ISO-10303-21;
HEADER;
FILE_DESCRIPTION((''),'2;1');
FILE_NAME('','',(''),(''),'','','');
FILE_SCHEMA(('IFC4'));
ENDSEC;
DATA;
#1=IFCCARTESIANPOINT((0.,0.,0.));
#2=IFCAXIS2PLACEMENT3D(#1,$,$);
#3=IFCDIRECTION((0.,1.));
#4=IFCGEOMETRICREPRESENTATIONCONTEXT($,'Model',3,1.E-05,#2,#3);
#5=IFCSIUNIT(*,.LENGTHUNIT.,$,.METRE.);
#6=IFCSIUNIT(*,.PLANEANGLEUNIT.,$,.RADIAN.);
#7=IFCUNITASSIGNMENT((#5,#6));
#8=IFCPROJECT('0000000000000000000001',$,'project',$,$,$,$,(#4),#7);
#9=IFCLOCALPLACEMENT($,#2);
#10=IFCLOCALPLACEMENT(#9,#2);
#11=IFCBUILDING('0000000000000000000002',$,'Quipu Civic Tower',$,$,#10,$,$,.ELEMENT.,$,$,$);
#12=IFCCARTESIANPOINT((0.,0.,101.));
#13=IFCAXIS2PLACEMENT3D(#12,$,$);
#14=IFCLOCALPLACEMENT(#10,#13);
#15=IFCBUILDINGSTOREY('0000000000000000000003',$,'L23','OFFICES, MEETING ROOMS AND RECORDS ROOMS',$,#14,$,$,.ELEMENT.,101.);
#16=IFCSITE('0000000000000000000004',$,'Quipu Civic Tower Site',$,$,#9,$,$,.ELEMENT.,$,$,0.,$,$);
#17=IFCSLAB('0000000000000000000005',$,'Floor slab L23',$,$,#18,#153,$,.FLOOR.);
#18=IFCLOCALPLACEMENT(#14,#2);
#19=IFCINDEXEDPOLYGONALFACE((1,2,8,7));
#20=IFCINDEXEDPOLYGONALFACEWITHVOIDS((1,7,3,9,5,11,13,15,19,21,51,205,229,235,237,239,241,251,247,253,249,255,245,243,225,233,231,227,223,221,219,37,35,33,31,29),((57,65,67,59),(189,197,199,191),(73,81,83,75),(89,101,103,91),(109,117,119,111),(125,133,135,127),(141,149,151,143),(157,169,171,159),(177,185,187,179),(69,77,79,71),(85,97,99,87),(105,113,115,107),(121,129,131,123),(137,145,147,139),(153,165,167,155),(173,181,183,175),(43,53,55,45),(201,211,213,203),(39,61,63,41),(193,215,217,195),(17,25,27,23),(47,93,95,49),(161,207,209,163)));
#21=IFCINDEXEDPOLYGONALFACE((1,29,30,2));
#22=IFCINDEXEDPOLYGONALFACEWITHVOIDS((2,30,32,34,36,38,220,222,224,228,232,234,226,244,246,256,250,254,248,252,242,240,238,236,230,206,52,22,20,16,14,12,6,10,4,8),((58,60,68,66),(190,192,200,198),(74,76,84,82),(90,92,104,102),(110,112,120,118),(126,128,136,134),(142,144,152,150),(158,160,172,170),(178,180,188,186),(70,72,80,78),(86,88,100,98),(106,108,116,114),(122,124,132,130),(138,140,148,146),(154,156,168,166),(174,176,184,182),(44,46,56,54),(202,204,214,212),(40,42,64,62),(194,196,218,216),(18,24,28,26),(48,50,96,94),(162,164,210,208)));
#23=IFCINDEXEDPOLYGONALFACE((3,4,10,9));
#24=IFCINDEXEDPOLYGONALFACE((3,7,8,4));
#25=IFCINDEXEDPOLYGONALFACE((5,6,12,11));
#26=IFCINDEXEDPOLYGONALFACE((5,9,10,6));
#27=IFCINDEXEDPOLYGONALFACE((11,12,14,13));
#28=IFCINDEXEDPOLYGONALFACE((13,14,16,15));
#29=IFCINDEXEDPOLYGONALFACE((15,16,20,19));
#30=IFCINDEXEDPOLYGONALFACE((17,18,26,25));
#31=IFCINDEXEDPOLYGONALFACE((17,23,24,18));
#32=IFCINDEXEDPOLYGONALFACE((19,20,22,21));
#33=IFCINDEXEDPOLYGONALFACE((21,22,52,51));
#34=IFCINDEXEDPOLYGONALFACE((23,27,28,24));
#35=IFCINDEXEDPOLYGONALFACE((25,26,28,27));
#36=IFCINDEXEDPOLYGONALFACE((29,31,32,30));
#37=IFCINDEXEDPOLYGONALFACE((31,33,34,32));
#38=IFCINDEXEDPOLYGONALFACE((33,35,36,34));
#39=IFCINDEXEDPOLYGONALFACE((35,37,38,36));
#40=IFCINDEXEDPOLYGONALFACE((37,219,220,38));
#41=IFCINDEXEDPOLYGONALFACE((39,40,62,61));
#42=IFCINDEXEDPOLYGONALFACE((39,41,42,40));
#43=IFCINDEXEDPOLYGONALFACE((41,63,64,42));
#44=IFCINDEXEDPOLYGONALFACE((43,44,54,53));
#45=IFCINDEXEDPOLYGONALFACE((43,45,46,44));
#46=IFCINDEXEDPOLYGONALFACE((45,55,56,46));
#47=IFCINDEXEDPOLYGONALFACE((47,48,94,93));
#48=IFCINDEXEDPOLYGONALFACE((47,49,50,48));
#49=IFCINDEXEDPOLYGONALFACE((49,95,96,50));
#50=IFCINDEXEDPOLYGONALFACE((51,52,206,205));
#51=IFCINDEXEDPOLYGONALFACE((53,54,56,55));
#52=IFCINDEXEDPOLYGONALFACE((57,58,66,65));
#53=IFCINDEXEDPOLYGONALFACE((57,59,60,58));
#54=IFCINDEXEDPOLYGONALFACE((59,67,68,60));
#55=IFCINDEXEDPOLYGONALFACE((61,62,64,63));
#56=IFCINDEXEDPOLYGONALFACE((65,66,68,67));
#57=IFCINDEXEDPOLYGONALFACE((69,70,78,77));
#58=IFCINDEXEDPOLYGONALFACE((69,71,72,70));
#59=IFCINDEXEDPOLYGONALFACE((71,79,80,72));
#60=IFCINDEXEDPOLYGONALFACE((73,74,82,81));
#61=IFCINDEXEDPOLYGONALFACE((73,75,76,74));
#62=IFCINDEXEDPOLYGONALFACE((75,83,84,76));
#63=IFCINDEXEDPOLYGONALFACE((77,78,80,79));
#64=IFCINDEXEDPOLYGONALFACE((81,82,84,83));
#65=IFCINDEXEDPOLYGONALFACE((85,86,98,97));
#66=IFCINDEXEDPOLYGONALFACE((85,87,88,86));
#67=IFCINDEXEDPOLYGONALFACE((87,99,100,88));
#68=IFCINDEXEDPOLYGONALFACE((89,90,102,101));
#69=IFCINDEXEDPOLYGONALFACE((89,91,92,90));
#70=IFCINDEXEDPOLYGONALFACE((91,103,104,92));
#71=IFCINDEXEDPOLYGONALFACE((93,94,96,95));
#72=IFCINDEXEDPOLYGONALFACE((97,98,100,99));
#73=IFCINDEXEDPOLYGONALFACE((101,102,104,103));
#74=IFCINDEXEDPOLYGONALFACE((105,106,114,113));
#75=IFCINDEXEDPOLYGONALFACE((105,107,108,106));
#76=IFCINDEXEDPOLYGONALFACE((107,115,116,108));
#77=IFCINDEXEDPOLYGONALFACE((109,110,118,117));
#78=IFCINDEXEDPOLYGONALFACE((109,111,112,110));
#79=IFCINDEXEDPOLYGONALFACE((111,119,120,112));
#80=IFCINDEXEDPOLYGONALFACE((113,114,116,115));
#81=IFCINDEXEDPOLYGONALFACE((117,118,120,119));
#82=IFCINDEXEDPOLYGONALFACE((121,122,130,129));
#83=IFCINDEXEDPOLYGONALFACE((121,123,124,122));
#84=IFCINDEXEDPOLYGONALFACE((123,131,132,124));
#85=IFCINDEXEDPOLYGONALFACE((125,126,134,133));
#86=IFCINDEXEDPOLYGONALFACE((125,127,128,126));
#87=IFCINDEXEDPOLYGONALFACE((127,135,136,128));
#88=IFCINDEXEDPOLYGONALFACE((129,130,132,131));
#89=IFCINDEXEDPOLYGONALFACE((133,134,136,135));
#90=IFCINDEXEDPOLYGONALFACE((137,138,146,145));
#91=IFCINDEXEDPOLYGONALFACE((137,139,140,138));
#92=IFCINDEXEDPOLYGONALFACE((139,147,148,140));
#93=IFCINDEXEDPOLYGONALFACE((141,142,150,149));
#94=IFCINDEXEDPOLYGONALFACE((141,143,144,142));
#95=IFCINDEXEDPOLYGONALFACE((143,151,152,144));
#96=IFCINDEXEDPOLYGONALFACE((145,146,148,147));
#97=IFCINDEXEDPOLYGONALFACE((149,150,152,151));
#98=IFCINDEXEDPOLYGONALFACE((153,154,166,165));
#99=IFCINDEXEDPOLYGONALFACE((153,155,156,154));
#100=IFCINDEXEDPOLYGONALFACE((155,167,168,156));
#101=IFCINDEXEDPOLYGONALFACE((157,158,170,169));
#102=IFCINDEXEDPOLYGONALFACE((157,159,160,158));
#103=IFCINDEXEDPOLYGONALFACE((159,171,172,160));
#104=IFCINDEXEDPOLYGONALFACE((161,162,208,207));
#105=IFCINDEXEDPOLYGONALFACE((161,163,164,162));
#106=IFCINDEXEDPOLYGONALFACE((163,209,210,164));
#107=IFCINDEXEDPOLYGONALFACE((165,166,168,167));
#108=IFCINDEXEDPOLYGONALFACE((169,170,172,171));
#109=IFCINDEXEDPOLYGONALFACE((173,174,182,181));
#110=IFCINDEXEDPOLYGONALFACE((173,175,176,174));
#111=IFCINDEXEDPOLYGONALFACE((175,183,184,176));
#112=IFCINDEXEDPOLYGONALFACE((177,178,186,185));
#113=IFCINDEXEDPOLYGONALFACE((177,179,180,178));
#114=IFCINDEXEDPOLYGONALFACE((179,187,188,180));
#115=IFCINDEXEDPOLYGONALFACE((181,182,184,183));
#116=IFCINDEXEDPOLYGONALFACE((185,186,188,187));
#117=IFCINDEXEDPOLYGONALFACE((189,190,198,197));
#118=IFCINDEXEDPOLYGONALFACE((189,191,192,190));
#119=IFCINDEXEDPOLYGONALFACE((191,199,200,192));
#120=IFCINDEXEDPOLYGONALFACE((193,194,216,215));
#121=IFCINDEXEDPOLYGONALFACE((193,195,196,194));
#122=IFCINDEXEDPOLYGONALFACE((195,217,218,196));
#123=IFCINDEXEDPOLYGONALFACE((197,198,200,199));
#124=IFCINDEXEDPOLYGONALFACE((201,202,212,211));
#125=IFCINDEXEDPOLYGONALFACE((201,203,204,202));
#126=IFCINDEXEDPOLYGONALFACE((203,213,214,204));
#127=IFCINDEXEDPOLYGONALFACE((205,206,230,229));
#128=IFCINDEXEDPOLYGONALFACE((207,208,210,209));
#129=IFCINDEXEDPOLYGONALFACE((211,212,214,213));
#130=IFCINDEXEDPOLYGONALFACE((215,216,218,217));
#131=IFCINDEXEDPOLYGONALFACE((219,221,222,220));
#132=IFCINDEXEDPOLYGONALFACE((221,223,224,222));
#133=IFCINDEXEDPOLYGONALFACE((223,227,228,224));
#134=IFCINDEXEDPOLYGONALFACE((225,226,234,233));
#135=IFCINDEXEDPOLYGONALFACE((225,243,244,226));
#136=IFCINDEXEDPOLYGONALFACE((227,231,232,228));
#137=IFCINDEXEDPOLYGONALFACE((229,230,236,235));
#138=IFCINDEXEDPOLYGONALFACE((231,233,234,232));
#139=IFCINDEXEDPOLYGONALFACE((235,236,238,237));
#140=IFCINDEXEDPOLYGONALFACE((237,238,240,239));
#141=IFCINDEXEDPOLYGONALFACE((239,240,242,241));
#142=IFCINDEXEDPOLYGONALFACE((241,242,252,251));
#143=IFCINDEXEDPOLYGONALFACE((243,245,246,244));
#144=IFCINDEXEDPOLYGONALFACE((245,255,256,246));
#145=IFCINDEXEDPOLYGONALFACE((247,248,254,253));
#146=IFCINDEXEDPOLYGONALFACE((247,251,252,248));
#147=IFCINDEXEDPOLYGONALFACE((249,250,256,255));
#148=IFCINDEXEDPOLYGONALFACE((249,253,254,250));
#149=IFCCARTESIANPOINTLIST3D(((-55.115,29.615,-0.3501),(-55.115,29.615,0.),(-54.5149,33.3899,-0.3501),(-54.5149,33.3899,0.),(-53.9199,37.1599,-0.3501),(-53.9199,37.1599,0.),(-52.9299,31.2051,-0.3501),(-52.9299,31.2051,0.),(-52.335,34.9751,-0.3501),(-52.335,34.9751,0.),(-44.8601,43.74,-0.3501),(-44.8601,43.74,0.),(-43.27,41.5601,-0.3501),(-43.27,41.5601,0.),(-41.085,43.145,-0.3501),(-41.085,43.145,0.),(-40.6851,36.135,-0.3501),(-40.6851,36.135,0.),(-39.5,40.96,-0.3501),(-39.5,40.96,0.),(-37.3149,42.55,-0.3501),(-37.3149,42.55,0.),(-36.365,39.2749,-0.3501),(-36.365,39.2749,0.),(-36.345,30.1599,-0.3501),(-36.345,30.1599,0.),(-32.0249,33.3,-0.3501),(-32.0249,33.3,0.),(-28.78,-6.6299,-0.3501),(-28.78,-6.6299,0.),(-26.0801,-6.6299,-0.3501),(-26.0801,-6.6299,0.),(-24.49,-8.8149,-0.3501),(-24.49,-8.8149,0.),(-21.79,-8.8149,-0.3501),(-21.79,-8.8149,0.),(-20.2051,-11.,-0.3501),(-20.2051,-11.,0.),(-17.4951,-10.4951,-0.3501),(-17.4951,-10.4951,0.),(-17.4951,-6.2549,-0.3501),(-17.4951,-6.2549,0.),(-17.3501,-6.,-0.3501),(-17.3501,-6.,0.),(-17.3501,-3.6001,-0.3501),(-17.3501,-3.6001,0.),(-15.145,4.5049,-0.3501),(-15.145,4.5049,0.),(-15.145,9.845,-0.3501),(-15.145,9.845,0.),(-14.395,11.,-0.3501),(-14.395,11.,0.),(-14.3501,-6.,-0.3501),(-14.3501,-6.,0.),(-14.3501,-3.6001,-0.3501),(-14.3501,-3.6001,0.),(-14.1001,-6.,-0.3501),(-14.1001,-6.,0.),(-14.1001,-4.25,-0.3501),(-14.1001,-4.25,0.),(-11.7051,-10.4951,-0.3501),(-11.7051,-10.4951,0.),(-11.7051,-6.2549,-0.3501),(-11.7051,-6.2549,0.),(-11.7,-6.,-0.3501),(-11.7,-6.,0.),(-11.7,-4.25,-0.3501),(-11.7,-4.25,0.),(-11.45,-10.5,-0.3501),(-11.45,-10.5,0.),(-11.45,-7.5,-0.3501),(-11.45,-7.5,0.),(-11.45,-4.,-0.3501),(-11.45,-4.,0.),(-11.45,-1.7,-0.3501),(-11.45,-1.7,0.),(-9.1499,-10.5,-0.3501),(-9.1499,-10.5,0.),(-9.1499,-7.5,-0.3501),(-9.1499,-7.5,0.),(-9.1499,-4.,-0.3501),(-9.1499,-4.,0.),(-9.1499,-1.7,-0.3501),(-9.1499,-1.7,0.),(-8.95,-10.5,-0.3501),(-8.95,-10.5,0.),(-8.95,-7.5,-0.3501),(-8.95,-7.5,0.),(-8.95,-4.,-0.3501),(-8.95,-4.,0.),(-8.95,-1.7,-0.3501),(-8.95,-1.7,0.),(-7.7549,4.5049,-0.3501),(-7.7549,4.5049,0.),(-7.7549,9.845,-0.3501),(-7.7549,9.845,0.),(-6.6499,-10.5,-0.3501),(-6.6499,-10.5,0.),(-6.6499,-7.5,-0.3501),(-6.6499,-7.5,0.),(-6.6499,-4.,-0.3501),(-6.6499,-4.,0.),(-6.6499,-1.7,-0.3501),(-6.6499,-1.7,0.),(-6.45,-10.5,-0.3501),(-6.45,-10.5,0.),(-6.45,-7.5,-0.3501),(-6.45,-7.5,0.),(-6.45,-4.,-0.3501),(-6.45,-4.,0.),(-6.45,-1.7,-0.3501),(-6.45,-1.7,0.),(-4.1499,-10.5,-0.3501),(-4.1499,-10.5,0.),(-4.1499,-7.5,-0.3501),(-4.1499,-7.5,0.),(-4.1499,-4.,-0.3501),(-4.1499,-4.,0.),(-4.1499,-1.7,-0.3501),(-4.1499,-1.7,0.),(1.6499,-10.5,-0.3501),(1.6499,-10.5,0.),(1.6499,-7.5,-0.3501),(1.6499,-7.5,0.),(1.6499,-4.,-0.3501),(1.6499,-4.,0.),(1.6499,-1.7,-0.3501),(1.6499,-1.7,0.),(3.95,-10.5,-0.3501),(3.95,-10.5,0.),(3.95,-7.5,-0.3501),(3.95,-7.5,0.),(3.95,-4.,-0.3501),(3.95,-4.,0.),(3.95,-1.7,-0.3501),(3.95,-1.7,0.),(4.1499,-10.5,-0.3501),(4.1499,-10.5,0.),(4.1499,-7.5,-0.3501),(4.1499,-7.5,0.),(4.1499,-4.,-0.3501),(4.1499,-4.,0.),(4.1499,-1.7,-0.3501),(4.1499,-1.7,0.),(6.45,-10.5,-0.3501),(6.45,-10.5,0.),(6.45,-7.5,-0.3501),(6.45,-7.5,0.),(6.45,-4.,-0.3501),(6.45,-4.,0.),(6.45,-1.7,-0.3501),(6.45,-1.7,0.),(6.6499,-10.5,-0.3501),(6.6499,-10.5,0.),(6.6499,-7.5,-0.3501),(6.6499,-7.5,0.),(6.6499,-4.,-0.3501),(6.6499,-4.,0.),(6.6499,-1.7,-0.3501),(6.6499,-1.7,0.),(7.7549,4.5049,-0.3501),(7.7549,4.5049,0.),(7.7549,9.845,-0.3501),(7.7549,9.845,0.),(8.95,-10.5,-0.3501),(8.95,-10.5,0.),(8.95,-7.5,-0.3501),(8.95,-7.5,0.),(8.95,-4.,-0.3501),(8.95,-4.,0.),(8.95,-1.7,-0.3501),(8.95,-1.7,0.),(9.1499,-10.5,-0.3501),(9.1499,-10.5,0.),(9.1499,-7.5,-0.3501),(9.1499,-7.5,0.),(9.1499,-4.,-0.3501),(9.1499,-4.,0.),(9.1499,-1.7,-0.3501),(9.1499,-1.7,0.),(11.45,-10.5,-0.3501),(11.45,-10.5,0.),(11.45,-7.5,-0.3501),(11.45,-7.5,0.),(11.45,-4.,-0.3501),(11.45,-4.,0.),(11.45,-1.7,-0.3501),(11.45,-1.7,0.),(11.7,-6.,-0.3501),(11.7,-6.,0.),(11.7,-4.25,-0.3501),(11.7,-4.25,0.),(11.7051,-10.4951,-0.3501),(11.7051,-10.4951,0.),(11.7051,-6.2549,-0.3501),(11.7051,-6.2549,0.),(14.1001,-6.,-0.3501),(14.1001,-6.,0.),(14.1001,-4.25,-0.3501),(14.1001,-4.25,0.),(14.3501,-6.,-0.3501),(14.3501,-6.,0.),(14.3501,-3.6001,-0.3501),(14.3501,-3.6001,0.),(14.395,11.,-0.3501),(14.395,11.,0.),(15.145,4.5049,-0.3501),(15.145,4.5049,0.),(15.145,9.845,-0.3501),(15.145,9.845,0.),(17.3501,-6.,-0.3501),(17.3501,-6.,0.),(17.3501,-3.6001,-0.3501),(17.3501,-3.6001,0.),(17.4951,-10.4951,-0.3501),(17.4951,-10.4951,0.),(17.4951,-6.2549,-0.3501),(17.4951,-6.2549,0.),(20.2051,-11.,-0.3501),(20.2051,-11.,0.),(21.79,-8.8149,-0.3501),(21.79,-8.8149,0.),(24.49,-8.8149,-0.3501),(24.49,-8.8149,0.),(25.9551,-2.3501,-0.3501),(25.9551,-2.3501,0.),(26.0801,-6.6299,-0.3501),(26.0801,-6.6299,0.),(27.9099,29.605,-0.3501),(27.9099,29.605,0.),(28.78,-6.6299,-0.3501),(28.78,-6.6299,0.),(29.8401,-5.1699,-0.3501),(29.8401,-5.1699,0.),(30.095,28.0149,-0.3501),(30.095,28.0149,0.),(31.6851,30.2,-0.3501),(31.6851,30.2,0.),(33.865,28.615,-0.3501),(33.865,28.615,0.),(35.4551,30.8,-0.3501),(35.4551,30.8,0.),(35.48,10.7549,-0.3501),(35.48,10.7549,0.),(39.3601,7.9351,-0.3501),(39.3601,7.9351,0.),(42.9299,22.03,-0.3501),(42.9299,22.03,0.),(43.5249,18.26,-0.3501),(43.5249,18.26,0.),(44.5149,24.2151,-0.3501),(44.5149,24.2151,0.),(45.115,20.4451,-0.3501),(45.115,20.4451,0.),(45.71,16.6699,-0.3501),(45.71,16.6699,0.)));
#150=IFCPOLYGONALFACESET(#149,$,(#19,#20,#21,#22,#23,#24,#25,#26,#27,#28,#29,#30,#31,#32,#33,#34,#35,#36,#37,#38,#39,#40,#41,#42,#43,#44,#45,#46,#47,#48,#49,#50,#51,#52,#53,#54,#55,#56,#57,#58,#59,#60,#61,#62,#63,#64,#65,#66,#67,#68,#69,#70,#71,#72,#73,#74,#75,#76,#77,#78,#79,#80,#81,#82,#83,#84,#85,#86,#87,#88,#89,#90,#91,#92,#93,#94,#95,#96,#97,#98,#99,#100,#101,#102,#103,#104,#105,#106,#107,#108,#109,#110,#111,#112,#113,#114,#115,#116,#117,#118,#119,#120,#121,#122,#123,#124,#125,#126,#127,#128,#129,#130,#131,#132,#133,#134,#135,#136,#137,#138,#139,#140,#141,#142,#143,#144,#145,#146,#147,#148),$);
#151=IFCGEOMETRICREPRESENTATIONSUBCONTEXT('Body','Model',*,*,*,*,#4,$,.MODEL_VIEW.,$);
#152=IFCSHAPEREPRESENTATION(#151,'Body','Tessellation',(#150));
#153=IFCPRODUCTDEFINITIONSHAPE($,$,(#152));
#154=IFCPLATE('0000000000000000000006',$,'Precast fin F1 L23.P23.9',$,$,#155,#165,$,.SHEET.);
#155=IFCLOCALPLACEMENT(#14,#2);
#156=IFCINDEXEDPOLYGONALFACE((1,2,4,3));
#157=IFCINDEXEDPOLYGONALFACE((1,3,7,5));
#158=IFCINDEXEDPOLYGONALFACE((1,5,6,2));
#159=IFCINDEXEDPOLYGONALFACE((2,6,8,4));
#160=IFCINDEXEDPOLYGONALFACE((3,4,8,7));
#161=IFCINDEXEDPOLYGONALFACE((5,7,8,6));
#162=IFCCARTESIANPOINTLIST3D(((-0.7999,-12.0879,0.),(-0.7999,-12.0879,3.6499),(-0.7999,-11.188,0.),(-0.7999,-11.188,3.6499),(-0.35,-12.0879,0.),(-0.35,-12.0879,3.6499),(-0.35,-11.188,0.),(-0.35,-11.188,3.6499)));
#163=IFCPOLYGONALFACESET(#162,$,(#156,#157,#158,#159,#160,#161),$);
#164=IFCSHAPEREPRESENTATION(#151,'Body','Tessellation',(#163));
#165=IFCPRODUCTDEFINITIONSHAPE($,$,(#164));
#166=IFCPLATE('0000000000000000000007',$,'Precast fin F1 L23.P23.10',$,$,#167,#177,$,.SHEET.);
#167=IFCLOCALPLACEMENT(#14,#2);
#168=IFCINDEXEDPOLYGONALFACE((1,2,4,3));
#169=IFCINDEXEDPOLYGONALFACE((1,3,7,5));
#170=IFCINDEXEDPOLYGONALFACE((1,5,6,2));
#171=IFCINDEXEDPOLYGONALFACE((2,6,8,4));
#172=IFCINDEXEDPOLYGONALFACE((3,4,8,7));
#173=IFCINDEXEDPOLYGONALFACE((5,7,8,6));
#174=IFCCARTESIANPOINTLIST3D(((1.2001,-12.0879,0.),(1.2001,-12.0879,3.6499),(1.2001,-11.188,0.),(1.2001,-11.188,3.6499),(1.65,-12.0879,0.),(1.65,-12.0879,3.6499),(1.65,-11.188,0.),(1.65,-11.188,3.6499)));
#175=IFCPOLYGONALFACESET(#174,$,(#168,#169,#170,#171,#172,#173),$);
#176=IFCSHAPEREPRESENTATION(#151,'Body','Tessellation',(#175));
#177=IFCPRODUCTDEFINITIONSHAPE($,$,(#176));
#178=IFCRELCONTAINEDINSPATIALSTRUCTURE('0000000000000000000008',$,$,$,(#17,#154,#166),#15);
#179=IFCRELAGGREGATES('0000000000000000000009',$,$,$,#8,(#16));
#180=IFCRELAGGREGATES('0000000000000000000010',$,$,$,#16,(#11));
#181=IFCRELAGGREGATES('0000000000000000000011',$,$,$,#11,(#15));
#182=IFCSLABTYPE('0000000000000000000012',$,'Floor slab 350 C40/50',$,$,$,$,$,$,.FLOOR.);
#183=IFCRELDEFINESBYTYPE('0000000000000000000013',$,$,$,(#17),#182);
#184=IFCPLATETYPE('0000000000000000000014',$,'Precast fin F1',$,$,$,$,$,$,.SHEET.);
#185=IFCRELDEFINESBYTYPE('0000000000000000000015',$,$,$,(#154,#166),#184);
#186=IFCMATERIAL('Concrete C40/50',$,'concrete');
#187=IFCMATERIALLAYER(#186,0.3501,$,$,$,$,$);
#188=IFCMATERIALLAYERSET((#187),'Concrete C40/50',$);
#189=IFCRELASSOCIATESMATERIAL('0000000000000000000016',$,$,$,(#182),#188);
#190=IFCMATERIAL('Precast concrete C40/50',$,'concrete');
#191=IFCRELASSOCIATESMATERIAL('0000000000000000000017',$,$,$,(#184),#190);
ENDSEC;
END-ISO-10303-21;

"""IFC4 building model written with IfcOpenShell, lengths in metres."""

from ifc_helpers import new_model, si_unit, direction, frame, origin, origin_2d, place, context, subcontext, project, spatial, polyline, rectangle, outline, extrude, material, layer, layer_set, type_object, element, save


model = new_model("IFC4")

# Units and contexts
model_context = context("Model", 3, precision=1e-05, world=origin(), true_north=direction((0.0, 1.0)))
body_context = subcontext(model_context, "Body", "Model", "MODEL_VIEW")
ifc_project = project(units=[si_unit("LENGTHUNIT", "METRE"), si_unit("PLANEANGLEUNIT", "RADIAN")], contexts=[model_context])

# Site, building, storey
site_placement = place(None, origin())
site = spatial("IfcSite", under=ifc_project, at=site_placement, Name="Quipu Civic Tower Site", CompositionType="ELEMENT", RefElevation=0.0)
building_placement = place(site_placement, origin())
building = spatial("IfcBuilding", under=site, at=building_placement, Name="Quipu Civic Tower", CompositionType="ELEMENT")
storey_placement = place(building_placement, frame((0.0, 0.0, 101.0)))
storey = spatial("IfcBuildingStorey", under=building, at=storey_placement, Name="L23", Description="OFFICES, MEETING ROOMS AND RECORDS ROOMS", CompositionType="ELEMENT", Elevation=101.0)

# Slab
ifc_material_1 = material(Name="Concrete C40/50", Category="concrete")
ifc_layer_1 = layer(ifc_material_1, 0.3501)
ifc_layer_set_1 = layer_set([ifc_layer_1], Name="Concrete C40/50")
slab_type_1 = type_object("IfcSlabType", Name="Floor slab 350 C40/50", PredefinedType="FLOOR", material=ifc_layer_set_1)
slab_1_placement = place(storey_placement, frame((0.0, 0.0, -0.3501)))
element("IfcSlab", 1, at=slab_1_placement, inside=storey, type_object=slab_type_1, Name="Floor slab L23", PredefinedType="FLOOR", context=body_context, shape_type="SweptSolid", body=[
    extrude(outline(polyline([(24.49, -8.8149), (21.79, -8.8149), (20.2051, -11.0), (-20.2051, -11.0), (-21.79, -8.8149), (-24.49, -8.8149), (-26.0801, -6.6299), (-28.78, -6.6299), (-55.115, 29.615), (-52.9299, 31.2051), (-54.5149, 33.3899), (-52.335, 34.9751), (-53.9199, 37.1599), (-44.8601, 43.74), (-43.27, 41.5601), (-41.085, 43.145), (-39.5, 40.96), (-37.3149, 42.55), (-14.395, 11.0), (14.395, 11.0), (27.9099, 29.605), (30.095, 28.0149), (31.6851, 30.2), (33.865, 28.615), (35.4551, 30.8), (44.5149, 24.2151), (42.9299, 22.03), (45.115, 20.4451), (43.5249, 18.26), (45.71, 16.6699), (39.3601, 7.9351), (35.48, 10.7549), (25.9551, -2.3501), (29.8401, -5.1699), (28.78, -6.6299), (26.0801, -6.6299), (24.49, -8.8149)]), holes=[polyline([(-11.45, -7.5), (-11.45, -10.5), (-9.1499, -10.5), (-9.1499, -7.5), (-11.45, -7.5)]), polyline([(-8.95, -7.5), (-8.95, -10.5), (-6.6499, -10.5), (-6.6499, -7.5), (-8.95, -7.5)]), polyline([(-6.45, -7.5), (-6.45, -10.5), (-4.1499, -10.5), (-4.1499, -7.5), (-6.45, -7.5)]), polyline([(-11.7051, -10.4951), (-11.7051, -6.2549), (-17.4951, -6.2549), (-17.4951, -10.4951), (-11.7051, -10.4951)]), polyline([(-11.7, -4.25), (-14.1001, -4.25), (-14.1001, -6.0), (-11.7, -6.0), (-11.7, -4.25)]), polyline([(-17.3501, -3.6001), (-17.3501, -6.0), (-14.3501, -6.0), (-14.3501, -3.6001), (-17.3501, -3.6001)]), polyline([(-9.1499, -1.7), (-11.45, -1.7), (-11.45, -4.0), (-9.1499, -4.0), (-9.1499, -1.7)]), polyline([(-6.6499, -1.7), (-8.95, -1.7), (-8.95, -4.0), (-6.6499, -4.0), (-6.6499, -1.7)]), polyline([(-6.45, -1.7), (-6.45, -4.0), (-4.1499, -4.0), (-4.1499, -1.7), (-6.45, -1.7)]), polyline([(3.95, -1.7), (1.6499, -1.7), (1.6499, -4.0), (3.95, -4.0), (3.95, -1.7)]), polyline([(-7.7549, 4.5049), (-7.7549, 9.845), (-15.145, 9.845), (-15.145, 4.5049), (-7.7549, 4.5049)]), polyline([(-40.6851, 36.135), (-36.345, 30.1599), (-32.0249, 33.3), (-36.365, 39.2749), (-40.6851, 36.135)]), polyline([(3.95, -7.5), (1.6499, -7.5), (1.6499, -10.5), (3.95, -10.5), (3.95, -7.5)]), polyline([(6.45, -7.5), (4.1499, -7.5), (4.1499, -10.5), (6.45, -10.5), (6.45, -7.5)]), polyline([(6.6499, -7.5), (6.6499, -10.5), (8.95, -10.5), (8.95, -7.5), (6.6499, -7.5)]), polyline([(11.45, -7.5), (9.1499, -7.5), (9.1499, -10.5), (11.45, -10.5), (11.45, -7.5)]), polyline([(11.7051, -6.2549), (11.7051, -10.4951), (17.4951, -10.4951), (17.4951, -6.2549), (11.7051, -6.2549)]), polyline([(11.7, -4.25), (11.7, -6.0), (14.1001, -6.0), (14.1001, -4.25), (11.7, -4.25)]), polyline([(17.3501, -3.6001), (14.3501, -3.6001), (14.3501, -6.0), (17.3501, -6.0), (17.3501, -3.6001)]), polyline([(6.45, -1.7), (4.1499, -1.7), (4.1499, -4.0), (6.45, -4.0), (6.45, -1.7)]), polyline([(6.6499, -1.7), (6.6499, -4.0), (8.95, -4.0), (8.95, -1.7), (6.6499, -1.7)]), polyline([(11.45, -1.7), (9.1499, -1.7), (9.1499, -4.0), (11.45, -4.0), (11.45, -1.7)]), polyline([(7.7549, 9.845), (7.7549, 4.5049), (15.145, 4.5049), (15.145, 9.845), (7.7549, 9.845)])]), origin(), (0.0, 0.0, 1.0), 0.3501),
])

# Plates
ifc_material_2 = material(Name="Precast concrete C40/50", Category="concrete")
plate_type = type_object("IfcPlateType", Name="Precast fin F1", PredefinedType="SHEET", material=ifc_material_2)
for number, where, z_axis, x_axis, name in (
    (2, (-0.575, -11.6379, 0.0), (0.0, 0.0, 1.0), (1.0, 0.0, 0.0), "Precast fin F1 L23.P23.9"),
    (3, (1.425, -11.6379, 0.0), (0.0, 0.0, 1.0), (1.0, 0.0, 0.0), "Precast fin F1 L23.P23.10"),
):
    element("IfcPlate", number, at=place(storey_placement, frame(where, z_axis=z_axis, x_axis=x_axis)), inside=storey, type_object=plate_type, Name=name, PredefinedType="SHEET", context=body_context, shape_type="SweptSolid", body=[
        extrude(rectangle(XDim=0.45, YDim=0.8999, at=origin_2d()), origin(), (0.0, 0.0, 1.0), 3.6499),
    ])

save(model, "model.ifc")
